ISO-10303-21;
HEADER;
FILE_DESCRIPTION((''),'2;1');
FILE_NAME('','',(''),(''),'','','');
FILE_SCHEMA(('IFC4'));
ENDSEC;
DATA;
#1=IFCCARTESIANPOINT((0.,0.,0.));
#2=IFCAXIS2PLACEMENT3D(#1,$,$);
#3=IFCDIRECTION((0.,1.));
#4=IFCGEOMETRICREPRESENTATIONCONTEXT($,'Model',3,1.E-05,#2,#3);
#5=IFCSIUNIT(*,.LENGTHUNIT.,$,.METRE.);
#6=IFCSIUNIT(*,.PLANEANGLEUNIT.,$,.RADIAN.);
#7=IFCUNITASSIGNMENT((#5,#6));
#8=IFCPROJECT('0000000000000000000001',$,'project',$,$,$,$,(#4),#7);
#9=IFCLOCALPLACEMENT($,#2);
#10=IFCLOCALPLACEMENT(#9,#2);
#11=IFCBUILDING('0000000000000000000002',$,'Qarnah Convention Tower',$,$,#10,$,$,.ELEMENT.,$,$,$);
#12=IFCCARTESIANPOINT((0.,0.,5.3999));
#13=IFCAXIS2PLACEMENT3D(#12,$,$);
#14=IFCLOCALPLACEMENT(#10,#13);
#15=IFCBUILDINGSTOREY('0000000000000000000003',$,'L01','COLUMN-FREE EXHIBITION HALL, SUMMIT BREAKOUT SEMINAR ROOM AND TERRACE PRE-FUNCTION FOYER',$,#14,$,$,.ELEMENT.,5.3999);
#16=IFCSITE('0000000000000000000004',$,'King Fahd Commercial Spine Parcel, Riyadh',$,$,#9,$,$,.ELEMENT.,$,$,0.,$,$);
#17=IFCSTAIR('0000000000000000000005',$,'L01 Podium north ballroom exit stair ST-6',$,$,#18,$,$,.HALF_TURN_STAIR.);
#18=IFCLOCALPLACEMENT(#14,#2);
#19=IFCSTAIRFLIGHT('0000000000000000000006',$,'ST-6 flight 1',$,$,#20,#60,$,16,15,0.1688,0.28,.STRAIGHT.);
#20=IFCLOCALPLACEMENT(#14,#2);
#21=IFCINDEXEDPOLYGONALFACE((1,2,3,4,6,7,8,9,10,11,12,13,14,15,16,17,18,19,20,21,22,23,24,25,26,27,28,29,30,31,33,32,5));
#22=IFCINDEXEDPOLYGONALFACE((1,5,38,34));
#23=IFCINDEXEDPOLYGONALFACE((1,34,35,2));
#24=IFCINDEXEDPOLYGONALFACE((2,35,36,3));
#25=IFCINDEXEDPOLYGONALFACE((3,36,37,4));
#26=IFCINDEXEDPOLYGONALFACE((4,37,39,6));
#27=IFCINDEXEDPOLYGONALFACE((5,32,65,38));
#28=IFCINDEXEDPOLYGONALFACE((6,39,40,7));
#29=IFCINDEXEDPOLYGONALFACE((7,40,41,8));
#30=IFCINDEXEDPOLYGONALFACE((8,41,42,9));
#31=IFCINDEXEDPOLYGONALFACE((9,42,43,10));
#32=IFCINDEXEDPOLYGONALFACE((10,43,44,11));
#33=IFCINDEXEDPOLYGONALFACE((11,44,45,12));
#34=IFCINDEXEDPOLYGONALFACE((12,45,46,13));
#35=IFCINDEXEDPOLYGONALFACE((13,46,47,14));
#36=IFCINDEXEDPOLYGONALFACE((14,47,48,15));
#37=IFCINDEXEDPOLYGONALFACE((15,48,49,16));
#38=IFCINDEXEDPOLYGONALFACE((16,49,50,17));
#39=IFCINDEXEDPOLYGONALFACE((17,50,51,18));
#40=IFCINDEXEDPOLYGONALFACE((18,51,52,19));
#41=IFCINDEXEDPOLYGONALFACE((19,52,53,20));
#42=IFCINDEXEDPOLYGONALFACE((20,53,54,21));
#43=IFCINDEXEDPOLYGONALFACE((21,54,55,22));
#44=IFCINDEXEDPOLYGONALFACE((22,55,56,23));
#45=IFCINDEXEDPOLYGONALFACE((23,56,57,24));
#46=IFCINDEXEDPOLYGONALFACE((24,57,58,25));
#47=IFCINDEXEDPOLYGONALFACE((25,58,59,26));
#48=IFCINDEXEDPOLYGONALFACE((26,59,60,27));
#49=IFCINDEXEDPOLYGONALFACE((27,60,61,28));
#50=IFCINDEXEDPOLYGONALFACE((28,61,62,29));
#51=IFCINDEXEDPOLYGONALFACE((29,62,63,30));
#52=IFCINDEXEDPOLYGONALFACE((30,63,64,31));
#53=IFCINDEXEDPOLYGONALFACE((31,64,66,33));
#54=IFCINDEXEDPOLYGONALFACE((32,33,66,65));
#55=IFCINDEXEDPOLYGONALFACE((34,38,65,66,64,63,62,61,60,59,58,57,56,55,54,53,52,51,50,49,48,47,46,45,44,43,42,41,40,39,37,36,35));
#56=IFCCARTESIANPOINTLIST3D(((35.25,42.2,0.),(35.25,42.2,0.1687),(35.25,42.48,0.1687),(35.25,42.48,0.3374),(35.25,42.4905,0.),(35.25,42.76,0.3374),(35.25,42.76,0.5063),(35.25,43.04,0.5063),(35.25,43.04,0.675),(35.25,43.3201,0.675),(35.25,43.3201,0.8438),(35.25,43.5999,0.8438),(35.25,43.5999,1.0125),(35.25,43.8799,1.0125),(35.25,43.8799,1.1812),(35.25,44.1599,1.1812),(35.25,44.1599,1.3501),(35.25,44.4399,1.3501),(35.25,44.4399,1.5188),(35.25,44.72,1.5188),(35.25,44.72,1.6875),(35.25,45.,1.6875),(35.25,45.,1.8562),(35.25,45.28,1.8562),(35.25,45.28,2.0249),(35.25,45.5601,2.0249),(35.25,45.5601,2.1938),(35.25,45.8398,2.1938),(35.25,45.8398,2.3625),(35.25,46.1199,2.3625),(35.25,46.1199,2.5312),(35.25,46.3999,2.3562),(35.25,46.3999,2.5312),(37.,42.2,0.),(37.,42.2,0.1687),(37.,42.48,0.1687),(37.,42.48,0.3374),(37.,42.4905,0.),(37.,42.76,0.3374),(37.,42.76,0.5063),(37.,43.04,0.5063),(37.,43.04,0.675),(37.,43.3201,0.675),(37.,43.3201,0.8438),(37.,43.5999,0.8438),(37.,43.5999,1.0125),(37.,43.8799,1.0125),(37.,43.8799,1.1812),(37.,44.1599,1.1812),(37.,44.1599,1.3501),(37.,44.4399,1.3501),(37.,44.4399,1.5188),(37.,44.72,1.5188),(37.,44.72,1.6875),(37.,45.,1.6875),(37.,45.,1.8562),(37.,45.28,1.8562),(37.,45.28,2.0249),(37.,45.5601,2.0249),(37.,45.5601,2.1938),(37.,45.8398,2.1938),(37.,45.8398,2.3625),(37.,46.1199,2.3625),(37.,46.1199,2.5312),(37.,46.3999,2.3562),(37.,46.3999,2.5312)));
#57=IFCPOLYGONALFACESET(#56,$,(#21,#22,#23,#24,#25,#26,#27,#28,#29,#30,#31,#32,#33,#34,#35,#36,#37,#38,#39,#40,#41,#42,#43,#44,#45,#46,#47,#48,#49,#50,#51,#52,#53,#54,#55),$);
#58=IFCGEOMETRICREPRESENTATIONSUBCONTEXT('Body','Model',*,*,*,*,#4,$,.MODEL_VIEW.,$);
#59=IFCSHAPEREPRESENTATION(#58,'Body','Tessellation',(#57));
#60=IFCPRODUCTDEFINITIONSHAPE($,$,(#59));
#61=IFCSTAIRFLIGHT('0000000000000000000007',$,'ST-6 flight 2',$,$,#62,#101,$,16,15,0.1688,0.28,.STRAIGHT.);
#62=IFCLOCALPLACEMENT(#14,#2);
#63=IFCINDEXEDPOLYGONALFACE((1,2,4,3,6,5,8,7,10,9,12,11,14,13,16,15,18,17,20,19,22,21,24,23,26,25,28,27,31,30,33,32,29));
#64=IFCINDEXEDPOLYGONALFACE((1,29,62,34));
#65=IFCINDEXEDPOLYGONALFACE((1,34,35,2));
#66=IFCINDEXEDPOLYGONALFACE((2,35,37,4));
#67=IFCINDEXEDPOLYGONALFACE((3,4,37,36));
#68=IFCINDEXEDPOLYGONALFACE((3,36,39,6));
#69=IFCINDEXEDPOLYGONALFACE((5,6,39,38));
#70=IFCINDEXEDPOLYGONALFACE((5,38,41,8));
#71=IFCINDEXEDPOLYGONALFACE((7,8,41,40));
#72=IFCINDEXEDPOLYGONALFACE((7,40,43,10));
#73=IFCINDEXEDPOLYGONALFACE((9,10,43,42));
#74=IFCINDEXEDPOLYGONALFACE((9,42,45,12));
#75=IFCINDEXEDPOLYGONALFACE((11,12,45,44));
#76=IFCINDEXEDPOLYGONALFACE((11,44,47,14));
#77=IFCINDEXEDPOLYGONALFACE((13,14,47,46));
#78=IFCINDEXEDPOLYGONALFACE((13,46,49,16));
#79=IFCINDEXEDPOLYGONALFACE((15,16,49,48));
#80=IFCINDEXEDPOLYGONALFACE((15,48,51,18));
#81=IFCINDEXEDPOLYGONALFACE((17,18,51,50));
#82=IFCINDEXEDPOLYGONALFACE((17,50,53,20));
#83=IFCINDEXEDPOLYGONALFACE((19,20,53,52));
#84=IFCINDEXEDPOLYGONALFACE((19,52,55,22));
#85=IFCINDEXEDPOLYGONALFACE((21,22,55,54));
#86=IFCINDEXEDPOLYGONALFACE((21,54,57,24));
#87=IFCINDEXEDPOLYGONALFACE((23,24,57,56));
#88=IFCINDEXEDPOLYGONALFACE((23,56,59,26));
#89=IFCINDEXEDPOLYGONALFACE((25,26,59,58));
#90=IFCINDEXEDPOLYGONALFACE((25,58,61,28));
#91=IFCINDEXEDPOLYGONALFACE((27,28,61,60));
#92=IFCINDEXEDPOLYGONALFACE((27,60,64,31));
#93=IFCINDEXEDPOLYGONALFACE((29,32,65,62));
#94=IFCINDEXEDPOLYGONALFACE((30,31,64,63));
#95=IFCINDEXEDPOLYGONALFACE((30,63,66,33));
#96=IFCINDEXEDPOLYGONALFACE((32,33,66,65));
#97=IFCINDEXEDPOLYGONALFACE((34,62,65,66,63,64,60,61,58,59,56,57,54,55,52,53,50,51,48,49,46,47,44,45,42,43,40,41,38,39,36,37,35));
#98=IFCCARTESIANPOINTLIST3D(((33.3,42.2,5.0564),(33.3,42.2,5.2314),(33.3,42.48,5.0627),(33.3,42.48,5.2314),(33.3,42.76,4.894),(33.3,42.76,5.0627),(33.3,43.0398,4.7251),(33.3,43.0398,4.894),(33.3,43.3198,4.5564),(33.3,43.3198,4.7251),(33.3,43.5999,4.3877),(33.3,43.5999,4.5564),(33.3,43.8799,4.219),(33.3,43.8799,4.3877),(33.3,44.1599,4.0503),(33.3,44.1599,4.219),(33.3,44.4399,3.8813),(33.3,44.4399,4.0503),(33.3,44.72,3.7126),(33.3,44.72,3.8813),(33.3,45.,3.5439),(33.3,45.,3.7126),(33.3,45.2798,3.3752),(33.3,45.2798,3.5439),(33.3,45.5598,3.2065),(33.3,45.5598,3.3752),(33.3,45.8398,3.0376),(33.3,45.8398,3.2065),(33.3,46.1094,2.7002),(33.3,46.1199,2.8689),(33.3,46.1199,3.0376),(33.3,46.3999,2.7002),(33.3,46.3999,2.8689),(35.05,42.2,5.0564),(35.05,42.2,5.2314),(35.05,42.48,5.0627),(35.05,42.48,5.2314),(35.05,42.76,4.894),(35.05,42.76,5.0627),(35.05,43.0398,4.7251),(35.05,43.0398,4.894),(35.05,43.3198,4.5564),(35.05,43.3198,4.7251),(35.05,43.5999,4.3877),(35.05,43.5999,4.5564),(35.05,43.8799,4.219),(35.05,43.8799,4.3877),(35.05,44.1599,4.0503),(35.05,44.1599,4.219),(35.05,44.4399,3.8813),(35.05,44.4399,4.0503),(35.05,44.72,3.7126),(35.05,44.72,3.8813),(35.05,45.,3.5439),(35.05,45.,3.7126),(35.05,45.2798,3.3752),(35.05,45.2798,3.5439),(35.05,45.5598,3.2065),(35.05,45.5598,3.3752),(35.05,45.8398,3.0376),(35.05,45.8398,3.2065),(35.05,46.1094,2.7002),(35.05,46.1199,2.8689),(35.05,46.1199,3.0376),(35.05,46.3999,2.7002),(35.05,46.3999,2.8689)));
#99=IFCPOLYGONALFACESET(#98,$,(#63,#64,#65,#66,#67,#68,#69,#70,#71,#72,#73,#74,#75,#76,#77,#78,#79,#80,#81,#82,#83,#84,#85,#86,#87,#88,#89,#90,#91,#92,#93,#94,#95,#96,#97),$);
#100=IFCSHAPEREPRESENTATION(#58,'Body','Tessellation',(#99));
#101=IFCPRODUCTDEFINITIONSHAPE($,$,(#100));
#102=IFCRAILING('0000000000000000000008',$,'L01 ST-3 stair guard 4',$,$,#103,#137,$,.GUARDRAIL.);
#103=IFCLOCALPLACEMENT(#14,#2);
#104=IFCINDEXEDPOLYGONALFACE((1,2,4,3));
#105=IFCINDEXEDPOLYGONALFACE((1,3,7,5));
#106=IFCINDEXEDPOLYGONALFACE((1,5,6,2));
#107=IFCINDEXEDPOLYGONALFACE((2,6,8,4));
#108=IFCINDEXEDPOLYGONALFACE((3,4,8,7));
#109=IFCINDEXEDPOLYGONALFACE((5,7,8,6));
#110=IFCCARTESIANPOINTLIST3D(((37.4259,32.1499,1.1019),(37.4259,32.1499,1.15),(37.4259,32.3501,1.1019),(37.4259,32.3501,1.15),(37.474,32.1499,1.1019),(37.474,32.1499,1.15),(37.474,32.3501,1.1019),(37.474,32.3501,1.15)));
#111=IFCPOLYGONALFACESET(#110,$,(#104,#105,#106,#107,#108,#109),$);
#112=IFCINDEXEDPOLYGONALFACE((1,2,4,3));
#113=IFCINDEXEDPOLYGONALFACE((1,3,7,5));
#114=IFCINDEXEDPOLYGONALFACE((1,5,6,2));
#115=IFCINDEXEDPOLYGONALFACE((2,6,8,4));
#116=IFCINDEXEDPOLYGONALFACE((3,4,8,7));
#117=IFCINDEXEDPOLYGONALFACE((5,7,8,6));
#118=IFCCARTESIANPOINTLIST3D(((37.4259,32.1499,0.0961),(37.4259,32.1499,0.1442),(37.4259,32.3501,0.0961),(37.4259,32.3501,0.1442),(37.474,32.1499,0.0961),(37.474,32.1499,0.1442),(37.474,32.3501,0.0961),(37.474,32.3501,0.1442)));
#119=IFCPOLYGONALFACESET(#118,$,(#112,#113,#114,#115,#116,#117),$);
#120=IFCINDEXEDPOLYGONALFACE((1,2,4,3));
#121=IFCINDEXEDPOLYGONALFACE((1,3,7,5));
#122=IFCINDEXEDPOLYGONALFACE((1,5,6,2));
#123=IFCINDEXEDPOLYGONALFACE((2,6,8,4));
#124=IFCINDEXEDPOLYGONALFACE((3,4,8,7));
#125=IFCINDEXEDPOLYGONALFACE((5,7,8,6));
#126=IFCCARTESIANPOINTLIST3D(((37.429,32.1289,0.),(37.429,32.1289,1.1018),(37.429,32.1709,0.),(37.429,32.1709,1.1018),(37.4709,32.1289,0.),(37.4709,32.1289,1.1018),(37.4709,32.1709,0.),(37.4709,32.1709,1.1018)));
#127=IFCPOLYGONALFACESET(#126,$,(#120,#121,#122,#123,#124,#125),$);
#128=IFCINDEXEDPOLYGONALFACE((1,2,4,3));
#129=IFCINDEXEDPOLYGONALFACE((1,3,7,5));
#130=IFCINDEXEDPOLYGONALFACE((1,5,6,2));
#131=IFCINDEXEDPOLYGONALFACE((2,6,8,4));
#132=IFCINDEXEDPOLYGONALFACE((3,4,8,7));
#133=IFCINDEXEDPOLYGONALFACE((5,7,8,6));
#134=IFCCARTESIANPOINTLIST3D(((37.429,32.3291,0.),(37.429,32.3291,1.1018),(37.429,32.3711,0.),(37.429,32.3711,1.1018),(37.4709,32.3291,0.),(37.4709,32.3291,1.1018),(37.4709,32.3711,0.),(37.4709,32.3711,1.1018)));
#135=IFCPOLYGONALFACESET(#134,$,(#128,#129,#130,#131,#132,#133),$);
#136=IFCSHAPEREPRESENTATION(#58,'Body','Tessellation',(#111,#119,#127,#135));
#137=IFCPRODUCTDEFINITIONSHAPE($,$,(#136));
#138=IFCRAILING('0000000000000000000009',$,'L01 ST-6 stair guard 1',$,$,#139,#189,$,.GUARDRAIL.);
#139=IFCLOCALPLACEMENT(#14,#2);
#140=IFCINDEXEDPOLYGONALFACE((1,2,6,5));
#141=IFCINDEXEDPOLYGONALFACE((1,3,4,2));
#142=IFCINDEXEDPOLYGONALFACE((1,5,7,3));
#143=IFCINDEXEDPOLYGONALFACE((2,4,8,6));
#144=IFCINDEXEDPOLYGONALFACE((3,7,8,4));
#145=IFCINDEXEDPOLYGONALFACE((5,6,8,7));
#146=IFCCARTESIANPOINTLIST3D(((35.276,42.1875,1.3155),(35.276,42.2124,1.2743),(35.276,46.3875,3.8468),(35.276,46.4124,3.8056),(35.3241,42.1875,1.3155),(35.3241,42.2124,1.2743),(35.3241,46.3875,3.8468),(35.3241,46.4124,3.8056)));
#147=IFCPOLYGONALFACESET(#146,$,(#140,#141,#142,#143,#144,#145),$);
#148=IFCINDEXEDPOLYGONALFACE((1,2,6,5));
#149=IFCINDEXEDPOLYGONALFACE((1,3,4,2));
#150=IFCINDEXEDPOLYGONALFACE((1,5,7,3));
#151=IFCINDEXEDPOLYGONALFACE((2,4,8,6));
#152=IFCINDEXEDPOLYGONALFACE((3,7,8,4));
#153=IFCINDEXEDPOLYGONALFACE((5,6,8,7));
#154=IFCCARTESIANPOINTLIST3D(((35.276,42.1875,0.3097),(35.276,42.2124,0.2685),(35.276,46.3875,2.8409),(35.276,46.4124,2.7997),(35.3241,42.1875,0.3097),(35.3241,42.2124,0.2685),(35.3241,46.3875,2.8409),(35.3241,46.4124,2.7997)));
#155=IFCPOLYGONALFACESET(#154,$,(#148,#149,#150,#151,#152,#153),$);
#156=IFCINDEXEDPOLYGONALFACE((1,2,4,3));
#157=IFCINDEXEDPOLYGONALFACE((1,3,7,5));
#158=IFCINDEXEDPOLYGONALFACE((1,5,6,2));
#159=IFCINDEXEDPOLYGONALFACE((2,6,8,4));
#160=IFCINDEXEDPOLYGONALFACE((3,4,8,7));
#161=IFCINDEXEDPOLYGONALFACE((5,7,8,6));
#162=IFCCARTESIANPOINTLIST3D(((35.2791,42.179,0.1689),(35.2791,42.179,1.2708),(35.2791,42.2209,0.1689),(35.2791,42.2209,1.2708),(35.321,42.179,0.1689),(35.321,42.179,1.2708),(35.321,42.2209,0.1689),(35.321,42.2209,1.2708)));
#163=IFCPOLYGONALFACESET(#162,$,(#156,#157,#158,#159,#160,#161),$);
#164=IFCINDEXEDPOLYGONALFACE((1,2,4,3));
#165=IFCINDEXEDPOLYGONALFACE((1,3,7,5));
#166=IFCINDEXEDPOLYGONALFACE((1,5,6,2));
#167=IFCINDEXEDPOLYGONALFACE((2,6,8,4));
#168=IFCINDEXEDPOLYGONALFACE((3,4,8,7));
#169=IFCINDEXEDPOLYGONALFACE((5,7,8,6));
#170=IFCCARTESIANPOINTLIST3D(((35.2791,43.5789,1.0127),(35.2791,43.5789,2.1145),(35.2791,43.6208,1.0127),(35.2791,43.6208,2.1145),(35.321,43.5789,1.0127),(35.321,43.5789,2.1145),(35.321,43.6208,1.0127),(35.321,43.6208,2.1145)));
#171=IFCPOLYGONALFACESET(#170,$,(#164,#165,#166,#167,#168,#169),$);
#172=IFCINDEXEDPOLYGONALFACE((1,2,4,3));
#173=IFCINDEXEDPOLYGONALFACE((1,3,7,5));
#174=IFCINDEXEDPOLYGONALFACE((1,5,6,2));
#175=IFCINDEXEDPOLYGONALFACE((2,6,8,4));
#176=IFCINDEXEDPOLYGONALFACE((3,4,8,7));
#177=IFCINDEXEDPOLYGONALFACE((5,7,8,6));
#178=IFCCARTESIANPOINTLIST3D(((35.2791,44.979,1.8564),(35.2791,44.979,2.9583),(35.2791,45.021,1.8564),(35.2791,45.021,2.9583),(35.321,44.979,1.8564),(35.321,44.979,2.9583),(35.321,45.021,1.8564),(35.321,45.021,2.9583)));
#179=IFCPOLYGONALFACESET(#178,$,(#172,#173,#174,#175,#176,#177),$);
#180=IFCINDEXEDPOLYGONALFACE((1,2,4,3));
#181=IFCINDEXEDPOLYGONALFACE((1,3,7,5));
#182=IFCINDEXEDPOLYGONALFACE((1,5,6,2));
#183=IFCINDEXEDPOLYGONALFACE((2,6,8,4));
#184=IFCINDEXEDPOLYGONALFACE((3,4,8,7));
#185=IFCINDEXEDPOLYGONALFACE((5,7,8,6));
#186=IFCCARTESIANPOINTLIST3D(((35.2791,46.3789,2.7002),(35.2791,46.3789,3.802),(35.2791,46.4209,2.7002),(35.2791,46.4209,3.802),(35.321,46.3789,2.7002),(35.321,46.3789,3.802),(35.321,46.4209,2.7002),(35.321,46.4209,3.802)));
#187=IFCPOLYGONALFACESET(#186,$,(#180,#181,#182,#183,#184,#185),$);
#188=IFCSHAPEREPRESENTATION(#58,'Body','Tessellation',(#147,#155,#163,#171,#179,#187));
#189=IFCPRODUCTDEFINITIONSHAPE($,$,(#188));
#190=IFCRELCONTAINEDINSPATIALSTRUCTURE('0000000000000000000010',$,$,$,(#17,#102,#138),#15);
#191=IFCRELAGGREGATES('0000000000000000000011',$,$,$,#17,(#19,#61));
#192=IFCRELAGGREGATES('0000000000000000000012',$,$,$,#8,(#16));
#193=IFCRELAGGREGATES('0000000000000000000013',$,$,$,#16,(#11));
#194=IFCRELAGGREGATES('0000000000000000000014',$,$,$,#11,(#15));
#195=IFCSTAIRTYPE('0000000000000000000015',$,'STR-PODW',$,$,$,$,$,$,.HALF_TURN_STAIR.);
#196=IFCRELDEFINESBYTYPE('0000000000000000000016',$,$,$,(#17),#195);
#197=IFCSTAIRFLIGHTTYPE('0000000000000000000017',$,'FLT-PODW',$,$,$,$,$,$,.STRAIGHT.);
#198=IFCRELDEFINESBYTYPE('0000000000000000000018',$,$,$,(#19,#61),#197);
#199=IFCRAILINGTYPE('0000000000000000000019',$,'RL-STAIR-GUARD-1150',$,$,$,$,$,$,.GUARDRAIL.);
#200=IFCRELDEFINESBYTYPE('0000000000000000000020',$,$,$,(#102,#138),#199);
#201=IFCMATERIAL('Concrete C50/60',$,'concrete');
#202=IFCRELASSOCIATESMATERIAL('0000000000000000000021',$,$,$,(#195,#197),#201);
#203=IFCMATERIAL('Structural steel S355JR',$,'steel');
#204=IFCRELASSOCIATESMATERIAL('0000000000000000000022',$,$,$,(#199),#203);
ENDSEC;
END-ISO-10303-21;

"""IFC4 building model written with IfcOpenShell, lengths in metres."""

from ifc_helpers import new_model, si_unit, direction, frame, origin, origin_2d, place, context, subcontext, project, spatial, polyline, rectangle, outline, extrude, material, type_object, element, aggregate, save


model = new_model("IFC4")

# Units and contexts
model_context = context("Model", 3, precision=1e-05, world=origin(), true_north=direction((0.0, 1.0)))
body_context = subcontext(model_context, "Body", "Model", "MODEL_VIEW")
ifc_project = project(units=[si_unit("LENGTHUNIT", "METRE"), si_unit("PLANEANGLEUNIT", "RADIAN")], contexts=[model_context])

# Site, building, storey
site_placement = place(None, origin())
site = spatial("IfcSite", under=ifc_project, at=site_placement, Name="King Fahd Commercial Spine Parcel, Riyadh", CompositionType="ELEMENT", RefElevation=0.0)
building_placement = place(site_placement, origin())
building = spatial("IfcBuilding", under=site, at=building_placement, Name="Qarnah Convention Tower", CompositionType="ELEMENT")
storey_placement = place(building_placement, frame((0.0, 0.0, 5.3999)))
storey = spatial("IfcBuildingStorey", under=building, at=storey_placement, Name="L01", Description="COLUMN-FREE EXHIBITION HALL, SUMMIT BREAKOUT SEMINAR ROOM AND TERRACE PRE-FUNCTION FOYER", CompositionType="ELEMENT", Elevation=5.3999)

# Shared definitions
ifc_material_1 = material(Name="Structural steel S355JR", Category="steel")

# Stair, stair flights
ifc_material_2 = material(Name="Concrete C50/60", Category="concrete")
stair_type = type_object("IfcStairType", Name="STR-PODW", PredefinedType="HALF_TURN_STAIR", material=ifc_material_2)
stair_placement = place(storey_placement, origin())
stair = element("IfcStair", 1, at=stair_placement, inside=storey, type_object=stair_type, Name="L01 Podium north ballroom exit stair ST-6", PredefinedType="HALF_TURN_STAIR")
stair_flight_type = type_object("IfcStairFlightType", Name="FLT-PODW", PredefinedType="STRAIGHT", material=ifc_material_2)
stair_flight_1_placement = place(storey_placement, frame((36.125, 42.2, 0.0), z_axis=(0.0, 0.0, 1.0), x_axis=(0.0, 1.0, 0.0)))
stair_flight_1 = element("IfcStairFlight", 2, at=stair_flight_1_placement, type_object=stair_flight_type, Name="ST-6 flight 1", NumberOfRisers=16, NumberOfTreads=15, PredefinedType="STRAIGHT", RiserHeight=0.1688, TreadLength=0.28, context=body_context, shape_type="SweptSolid", body=[
    extrude(outline(polyline([(0.0, 0.0), (0.0, 0.1687), (0.28, 0.1687), (0.28, 0.3374), (0.5601, 0.3374), (0.5601, 0.5063), (0.8401, 0.5063), (0.8401, 0.675), (1.1201, 0.675), (1.1201, 0.8438), (1.3999, 0.8438), (1.3999, 1.0125), (1.6799, 1.0125), (1.6799, 1.1812), (1.96, 1.1812), (1.96, 1.3501), (2.24, 1.3501), (2.24, 1.5188), (2.52, 1.5188), (2.52, 1.6875), (2.8, 1.6875), (2.8, 1.8562), (3.0801, 1.8562), (3.0801, 2.0249), (3.3601, 2.0249), (3.3601, 2.1938), (3.6399, 2.1938), (3.6399, 2.3625), (3.9199, 2.3625), (3.9199, 2.5312), (4.2, 2.5312), (4.2, 2.7), (4.2, 2.3562), (0.2905, 0.0), (0.0, 0.0)])), frame((0.0, 0.875, 0.0), z_axis=(0.0, -1.0, 0.0), x_axis=(1.0, 0.0, 0.0)), (0.0, 0.0, 1.0), 1.75),
])
stair_flight_2_placement = place(storey_placement, frame((34.175, 46.3999, 2.7002), z_axis=(0.0, 0.0, 1.0), x_axis=(0.0, -1.0, 0.0)))
stair_flight_2 = element("IfcStairFlight", 3, at=stair_flight_2_placement, type_object=stair_flight_type, Name="ST-6 flight 2", NumberOfRisers=16, NumberOfTreads=15, PredefinedType="STRAIGHT", RiserHeight=0.1688, TreadLength=0.28, context=body_context, shape_type="SweptSolid", body=[
    extrude(outline(polyline([(0.0, 0.0), (0.0, 0.1687), (0.28, 0.1687), (0.28, 0.3374), (0.5601, 0.3374), (0.5601, 0.5063), (0.8401, 0.5063), (0.8401, 0.675), (1.1201, 0.675), (1.1201, 0.8438), (1.3999, 0.8438), (1.3999, 1.0125), (1.6799, 1.0125), (1.6799, 1.1812), (1.96, 1.1812), (1.96, 1.3501), (2.24, 1.3501), (2.24, 1.5188), (2.52, 1.5188), (2.52, 1.6875), (2.8, 1.6875), (2.8, 1.8562), (3.0801, 1.8562), (3.0801, 2.0249), (3.3601, 2.0249), (3.3601, 2.1938), (3.6399, 2.1938), (3.6399, 2.3625), (3.9199, 2.3625), (3.9199, 2.5312), (4.2, 2.5312), (4.2, 2.7), (4.2, 2.3562), (0.2905, 0.0), (0.0, 0.0)])), frame((0.0, 0.875, 0.0), z_axis=(0.0, -1.0, 0.0), x_axis=(1.0, 0.0, 0.0)), (0.0, 0.0, 1.0), 1.75),
])
aggregate(stair, [stair_flight_1, stair_flight_2])

# Railings
railing_type_1 = type_object("IfcRailingType", Name="RL-STAIR-GUARD-1150", PredefinedType="GUARDRAIL", material=ifc_material_1)
railing_1_placement = place(storey_placement, frame((37.45, 32.1499, 0.0)))
element("IfcRailing", 4, at=railing_1_placement, inside=storey, type_object=railing_type_1, Name="L01 ST-3 stair guard 4", PredefinedType="GUARDRAIL", context=body_context, shape_type="SweptSolid", body=[
    extrude(rectangle(XDim=0.0481, YDim=0.0481, at=origin_2d()), frame((0.0, 0.0, 1.126), z_axis=(0.0, 1.0, 0.0), x_axis=(-1.0, 0.0, 0.0)), (0.0, 0.0, 1.0), 0.2002),
    extrude(rectangle(XDim=0.0481, YDim=0.0481, at=origin_2d()), frame((0.0, 0.0, 0.1201), z_axis=(0.0, 1.0, 0.0), x_axis=(-1.0, 0.0, 0.0)), (0.0, 0.0, 1.0), 0.2002),
    extrude(rectangle(XDim=0.042, YDim=0.042, at=origin_2d()), origin(), (0.0, 0.0, 1.0), 1.1018),
    extrude(rectangle(XDim=0.042, YDim=0.042, at=origin_2d()), frame((0.0, 0.2002, 0.0)), (0.0, 0.0, 1.0), 1.1018),
])
railing_2_placement = place(storey_placement, frame((35.3, 42.2, 0.1689)))
element("IfcRailing", 5, at=railing_2_placement, inside=storey, type_object=railing_type_1, Name="L01 ST-6 stair guard 1", PredefinedType="GUARDRAIL", context=body_context, shape_type="SweptSolid", body=[
    extrude(rectangle(XDim=0.0481, YDim=0.0481, at=origin_2d()), frame((0.0, 0.0, 1.126), z_axis=(0.0, 0.856476, 0.516186), x_axis=(-1.0, 0.0, 0.0)), (0.0, 0.0, 1.0), 4.9038),
    extrude(rectangle(XDim=0.0481, YDim=0.0481, at=origin_2d()), frame((0.0, 0.0, 0.1201), z_axis=(0.0, 0.856476, 0.516186), x_axis=(-1.0, 0.0, 0.0)), (0.0, 0.0, 1.0), 4.9038),
    extrude(rectangle(XDim=0.042, YDim=0.042, at=origin_2d()), origin(), (0.0, 0.0, 1.0), 1.1018),
    extrude(rectangle(XDim=0.042, YDim=0.042, at=origin_2d()), frame((0.0, 1.3999, 0.8438)), (0.0, 0.0, 1.0), 1.1018),
    extrude(rectangle(XDim=0.042, YDim=0.042, at=origin_2d()), frame((0.0, 2.8, 1.6875)), (0.0, 0.0, 1.0), 1.1018),
    extrude(rectangle(XDim=0.042, YDim=0.042, at=origin_2d()), frame((0.0, 4.2, 2.5312)), (0.0, 0.0, 1.0), 1.1018),
])

save(model, "model.ifc")
